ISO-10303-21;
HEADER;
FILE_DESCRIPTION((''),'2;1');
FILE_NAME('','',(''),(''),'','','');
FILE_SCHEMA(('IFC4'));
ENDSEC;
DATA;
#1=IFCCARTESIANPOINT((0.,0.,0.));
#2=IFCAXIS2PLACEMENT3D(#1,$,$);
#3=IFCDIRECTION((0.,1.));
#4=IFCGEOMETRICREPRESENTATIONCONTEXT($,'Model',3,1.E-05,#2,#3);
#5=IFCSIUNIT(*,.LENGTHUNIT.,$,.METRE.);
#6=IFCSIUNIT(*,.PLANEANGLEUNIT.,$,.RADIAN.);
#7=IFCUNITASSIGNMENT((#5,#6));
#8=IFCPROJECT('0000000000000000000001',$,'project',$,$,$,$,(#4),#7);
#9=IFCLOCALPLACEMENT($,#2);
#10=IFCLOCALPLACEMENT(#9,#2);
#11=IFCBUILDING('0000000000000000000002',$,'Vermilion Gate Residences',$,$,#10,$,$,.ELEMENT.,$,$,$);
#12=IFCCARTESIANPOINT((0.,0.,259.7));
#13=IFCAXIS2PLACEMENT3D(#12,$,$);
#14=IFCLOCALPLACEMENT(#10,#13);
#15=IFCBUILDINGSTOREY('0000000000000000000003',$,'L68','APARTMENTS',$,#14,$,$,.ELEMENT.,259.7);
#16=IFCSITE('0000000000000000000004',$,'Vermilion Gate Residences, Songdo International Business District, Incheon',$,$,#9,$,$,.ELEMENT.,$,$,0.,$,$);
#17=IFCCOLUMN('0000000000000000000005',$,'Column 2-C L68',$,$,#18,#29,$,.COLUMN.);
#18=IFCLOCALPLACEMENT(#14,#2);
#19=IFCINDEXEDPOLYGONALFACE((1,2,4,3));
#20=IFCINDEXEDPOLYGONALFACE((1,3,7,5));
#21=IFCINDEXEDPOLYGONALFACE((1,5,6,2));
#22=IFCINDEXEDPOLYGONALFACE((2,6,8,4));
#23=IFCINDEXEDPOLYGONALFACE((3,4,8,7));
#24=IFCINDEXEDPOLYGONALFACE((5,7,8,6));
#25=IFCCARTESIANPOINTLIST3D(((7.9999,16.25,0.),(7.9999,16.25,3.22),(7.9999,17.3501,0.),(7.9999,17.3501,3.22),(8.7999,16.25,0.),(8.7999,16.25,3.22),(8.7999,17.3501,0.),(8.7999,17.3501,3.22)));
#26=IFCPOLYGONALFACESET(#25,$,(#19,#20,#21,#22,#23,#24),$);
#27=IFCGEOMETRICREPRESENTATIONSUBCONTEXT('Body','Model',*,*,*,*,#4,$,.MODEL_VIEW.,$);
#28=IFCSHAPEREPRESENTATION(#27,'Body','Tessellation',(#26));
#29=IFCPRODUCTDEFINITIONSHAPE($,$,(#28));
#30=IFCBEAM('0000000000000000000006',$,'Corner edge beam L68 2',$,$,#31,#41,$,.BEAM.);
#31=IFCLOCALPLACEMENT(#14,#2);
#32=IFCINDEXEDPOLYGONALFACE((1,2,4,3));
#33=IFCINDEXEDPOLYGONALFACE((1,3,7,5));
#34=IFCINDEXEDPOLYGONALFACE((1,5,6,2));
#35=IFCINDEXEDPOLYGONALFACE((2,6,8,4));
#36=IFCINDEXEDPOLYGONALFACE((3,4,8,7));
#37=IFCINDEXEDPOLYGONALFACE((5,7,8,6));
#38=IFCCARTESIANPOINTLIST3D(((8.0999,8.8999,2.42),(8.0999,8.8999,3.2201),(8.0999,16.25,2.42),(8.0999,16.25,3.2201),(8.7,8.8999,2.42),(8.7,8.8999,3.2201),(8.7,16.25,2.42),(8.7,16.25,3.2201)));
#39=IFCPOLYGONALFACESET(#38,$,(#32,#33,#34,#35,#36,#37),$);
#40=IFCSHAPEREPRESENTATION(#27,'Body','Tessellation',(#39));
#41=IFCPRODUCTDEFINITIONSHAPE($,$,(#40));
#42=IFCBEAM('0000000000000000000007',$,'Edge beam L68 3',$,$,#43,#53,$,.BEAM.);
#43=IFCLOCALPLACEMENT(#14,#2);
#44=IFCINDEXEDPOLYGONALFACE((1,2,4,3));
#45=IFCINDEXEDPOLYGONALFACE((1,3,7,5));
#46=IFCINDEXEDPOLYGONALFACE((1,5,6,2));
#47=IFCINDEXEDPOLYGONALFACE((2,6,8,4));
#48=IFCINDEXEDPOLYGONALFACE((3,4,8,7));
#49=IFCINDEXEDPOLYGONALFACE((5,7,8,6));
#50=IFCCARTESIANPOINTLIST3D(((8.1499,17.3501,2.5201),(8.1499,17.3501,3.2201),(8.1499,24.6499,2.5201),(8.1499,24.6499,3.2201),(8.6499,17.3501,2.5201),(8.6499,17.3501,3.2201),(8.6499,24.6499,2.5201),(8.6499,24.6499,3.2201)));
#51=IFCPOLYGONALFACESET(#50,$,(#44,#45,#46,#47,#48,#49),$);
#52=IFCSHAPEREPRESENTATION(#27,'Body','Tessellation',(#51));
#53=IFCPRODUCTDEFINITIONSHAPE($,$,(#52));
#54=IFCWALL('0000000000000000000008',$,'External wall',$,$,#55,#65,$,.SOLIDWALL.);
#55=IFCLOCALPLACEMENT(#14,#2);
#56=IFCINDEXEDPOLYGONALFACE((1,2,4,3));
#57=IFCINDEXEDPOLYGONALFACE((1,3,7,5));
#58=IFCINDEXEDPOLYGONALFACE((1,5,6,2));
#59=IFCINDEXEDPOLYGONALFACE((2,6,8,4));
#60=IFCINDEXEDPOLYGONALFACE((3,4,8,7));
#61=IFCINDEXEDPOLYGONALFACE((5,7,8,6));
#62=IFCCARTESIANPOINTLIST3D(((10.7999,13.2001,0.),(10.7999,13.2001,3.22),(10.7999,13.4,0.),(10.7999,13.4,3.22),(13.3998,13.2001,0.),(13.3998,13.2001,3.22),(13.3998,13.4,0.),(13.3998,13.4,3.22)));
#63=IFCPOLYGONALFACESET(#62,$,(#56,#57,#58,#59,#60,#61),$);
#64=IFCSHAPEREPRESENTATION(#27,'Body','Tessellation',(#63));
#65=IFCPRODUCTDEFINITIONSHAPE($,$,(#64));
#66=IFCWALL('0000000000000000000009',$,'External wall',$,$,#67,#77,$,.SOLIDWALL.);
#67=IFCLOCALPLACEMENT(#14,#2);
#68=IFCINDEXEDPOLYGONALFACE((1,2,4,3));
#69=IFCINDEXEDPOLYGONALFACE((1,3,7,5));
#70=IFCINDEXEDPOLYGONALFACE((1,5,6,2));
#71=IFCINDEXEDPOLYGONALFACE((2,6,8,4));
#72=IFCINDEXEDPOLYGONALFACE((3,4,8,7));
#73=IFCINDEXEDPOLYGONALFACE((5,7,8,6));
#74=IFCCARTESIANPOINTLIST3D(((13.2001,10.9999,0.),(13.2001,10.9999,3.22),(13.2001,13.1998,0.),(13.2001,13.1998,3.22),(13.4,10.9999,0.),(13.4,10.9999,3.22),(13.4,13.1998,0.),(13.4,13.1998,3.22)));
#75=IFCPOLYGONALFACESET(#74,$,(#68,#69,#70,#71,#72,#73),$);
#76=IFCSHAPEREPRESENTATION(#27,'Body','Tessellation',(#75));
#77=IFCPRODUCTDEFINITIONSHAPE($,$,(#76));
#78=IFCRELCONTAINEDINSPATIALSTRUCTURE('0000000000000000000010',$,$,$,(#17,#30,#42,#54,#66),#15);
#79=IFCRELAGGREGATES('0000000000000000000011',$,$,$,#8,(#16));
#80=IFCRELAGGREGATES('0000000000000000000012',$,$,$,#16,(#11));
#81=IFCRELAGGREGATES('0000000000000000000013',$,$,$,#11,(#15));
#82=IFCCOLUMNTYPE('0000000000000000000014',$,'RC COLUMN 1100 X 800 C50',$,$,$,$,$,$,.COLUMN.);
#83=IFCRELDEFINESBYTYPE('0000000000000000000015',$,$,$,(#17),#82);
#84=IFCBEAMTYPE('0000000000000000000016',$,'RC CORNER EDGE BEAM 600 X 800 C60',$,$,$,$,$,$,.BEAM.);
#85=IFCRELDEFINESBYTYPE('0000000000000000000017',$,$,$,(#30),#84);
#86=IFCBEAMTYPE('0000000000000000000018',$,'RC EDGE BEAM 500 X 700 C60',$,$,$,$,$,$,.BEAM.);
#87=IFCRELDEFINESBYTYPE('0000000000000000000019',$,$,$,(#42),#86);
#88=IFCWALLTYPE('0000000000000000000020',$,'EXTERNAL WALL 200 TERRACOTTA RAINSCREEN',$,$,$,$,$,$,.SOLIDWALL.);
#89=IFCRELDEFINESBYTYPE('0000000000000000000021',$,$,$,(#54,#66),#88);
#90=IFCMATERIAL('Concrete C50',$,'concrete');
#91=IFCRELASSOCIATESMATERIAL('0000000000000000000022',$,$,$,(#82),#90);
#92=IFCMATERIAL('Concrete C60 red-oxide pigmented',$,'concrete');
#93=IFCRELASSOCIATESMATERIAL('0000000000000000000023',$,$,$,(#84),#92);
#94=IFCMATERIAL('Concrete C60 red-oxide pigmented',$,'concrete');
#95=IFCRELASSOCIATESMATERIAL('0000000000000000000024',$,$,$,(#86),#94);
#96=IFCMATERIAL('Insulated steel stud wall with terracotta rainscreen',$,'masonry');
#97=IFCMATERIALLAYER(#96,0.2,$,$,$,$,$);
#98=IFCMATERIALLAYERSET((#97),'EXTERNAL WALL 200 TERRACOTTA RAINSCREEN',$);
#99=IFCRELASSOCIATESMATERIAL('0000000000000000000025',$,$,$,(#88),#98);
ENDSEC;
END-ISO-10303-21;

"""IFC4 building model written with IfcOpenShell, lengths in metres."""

from ifc_helpers import new_model, si_unit, direction, frame, frame_2d, origin, origin_2d, place, context, subcontext, project, spatial, rectangle, extrude, material, layer, layer_set, material_profile, profile_set, type_object, element, save


model = new_model("IFC4")

# Units and contexts
model_context = context("Model", 3, precision=1e-05, world=origin(), true_north=direction((0.0, 1.0)))
body_context = subcontext(model_context, "Body", "Model", "MODEL_VIEW")
ifc_project = project(units=[si_unit("LENGTHUNIT", "METRE"), si_unit("PLANEANGLEUNIT", "RADIAN")], contexts=[model_context])

# Site, building, storey
site_placement = place(None, origin())
site = spatial("IfcSite", under=ifc_project, at=site_placement, Name="Vermilion Gate Residences, Songdo International Business District, Incheon", CompositionType="ELEMENT", RefElevation=0.0)
building_placement = place(site_placement, origin())
building = spatial("IfcBuilding", under=site, at=building_placement, Name="Vermilion Gate Residences", CompositionType="ELEMENT")
storey_placement = place(building_placement, frame((0.0, 0.0, 259.7)))
storey = spatial("IfcBuildingStorey", under=building, at=storey_placement, Name="L68", Description="APARTMENTS", CompositionType="ELEMENT", Elevation=259.7)

# Column
ifc_material_1 = material(Name="Concrete C50", Category="concrete")
ifc_material_profile_1 = material_profile(ifc_material_1, rectangle(XDim=1.1001, YDim=0.8, at=origin_2d()), Name="RC-1100x800")
ifc_profile_set_1 = profile_set([ifc_material_profile_1], Name="Concrete C50")
column_type = type_object("IfcColumnType", Name="RC COLUMN 1100 X 800 C50", PredefinedType="COLUMN", material=ifc_profile_set_1)
column_placement = place(storey_placement, frame((8.3999, 16.8, 0.0), z_axis=(0.0, 0.0, 1.0), x_axis=(0.0, 1.0, 0.0)))
element("IfcColumn", 1, at=column_placement, inside=storey, type_object=column_type, Name="Column 2-C L68", PredefinedType="COLUMN", context=body_context, shape_type="SweptSolid", body=[
    extrude(rectangle(XDim=1.1001, YDim=0.8, at=origin_2d()), origin(), (0.0, 0.0, 1.0), 3.22),
])

# Beams
ifc_material_2 = material(Name="Concrete C60 red-oxide pigmented", Category="concrete")
ifc_material_profile_2 = material_profile(ifc_material_2, rectangle(XDim=0.6001, YDim=0.8, at=origin_2d()), Name="RC-600x800")
ifc_profile_set_2 = profile_set([ifc_material_profile_2], Name="Concrete C60 red-oxide pigmented")
beam_type_1 = type_object("IfcBeamType", Name="RC CORNER EDGE BEAM 600 X 800 C60", PredefinedType="BEAM", material=ifc_profile_set_2)
beam_1_placement = place(storey_placement, frame((8.3999, 8.8999, 2.8201), z_axis=(0.0, 1.0, 0.0), x_axis=(-1.0, 0.0, 0.0)))
element("IfcBeam", 2, at=beam_1_placement, inside=storey, type_object=beam_type_1, Name="Corner edge beam L68 2", PredefinedType="BEAM", context=body_context, shape_type="SweptSolid", body=[
    extrude(rectangle(XDim=0.6001, YDim=0.8, at=origin_2d()), origin(), (0.0, 0.0, 1.0), 7.3501),
])
ifc_material_3 = material(Name="Concrete C60 red-oxide pigmented", Category="concrete")
ifc_material_profile_3 = material_profile(ifc_material_3, rectangle(XDim=0.5, YDim=0.7, at=origin_2d()), Name="RC-500x700")
ifc_profile_set_3 = profile_set([ifc_material_profile_3], Name="Concrete C60 red-oxide pigmented")
beam_type_2 = type_object("IfcBeamType", Name="RC EDGE BEAM 500 X 700 C60", PredefinedType="BEAM", material=ifc_profile_set_3)
beam_2_placement = place(storey_placement, frame((8.3999, 17.3501, 2.8701), z_axis=(0.0, 1.0, 0.0), x_axis=(-1.0, 0.0, 0.0)))
element("IfcBeam", 3, at=beam_2_placement, inside=storey, type_object=beam_type_2, Name="Edge beam L68 3", PredefinedType="BEAM", context=body_context, shape_type="SweptSolid", body=[
    extrude(rectangle(XDim=0.5, YDim=0.7, at=origin_2d()), origin(), (0.0, 0.0, 1.0), 7.2998),
])

# Walls
ifc_material_4 = material(Name="Insulated steel stud wall with terracotta rainscreen", Category="masonry")
ifc_layer_1 = layer(ifc_material_4, 0.2)
ifc_layer_set_1 = layer_set([ifc_layer_1], Name="EXTERNAL WALL 200 TERRACOTTA RAINSCREEN")
wall_type_1 = type_object("IfcWallType", Name="EXTERNAL WALL 200 TERRACOTTA RAINSCREEN", PredefinedType="SOLIDWALL", material=ifc_layer_set_1)
wall_1_placement = place(storey_placement, frame((10.8, 13.3, 0.0), z_axis=(0.0, 0.0, 1.0), x_axis=(1.0, 0.0, 0.0)))
element("IfcWall", 4, at=wall_1_placement, inside=storey, type_object=wall_type_1, Name="External wall", PredefinedType="SOLIDWALL", context=body_context, shape_type="SweptSolid", body=[
    extrude(rectangle(XDim=2.5999, YDim=0.2, at=frame_2d((1.2998, 0.0))), origin(), (0.0, 0.0, 1.0), 3.22),
])
wall_2_placement = place(storey_placement, frame((13.3, 13.2, 0.0), z_axis=(0.0, 0.0, 1.0), x_axis=(0.0, -1.0, 0.0)))
element("IfcWall", 5, at=wall_2_placement, inside=storey, type_object=wall_type_1, Name="External wall", PredefinedType="SOLIDWALL", context=body_context, shape_type="SweptSolid", body=[
    extrude(rectangle(XDim=2.2, YDim=0.2, at=frame_2d((1.1001, 0.0))), origin(), (0.0, 0.0, 1.0), 3.22),
])

save(model, "model.ifc")
